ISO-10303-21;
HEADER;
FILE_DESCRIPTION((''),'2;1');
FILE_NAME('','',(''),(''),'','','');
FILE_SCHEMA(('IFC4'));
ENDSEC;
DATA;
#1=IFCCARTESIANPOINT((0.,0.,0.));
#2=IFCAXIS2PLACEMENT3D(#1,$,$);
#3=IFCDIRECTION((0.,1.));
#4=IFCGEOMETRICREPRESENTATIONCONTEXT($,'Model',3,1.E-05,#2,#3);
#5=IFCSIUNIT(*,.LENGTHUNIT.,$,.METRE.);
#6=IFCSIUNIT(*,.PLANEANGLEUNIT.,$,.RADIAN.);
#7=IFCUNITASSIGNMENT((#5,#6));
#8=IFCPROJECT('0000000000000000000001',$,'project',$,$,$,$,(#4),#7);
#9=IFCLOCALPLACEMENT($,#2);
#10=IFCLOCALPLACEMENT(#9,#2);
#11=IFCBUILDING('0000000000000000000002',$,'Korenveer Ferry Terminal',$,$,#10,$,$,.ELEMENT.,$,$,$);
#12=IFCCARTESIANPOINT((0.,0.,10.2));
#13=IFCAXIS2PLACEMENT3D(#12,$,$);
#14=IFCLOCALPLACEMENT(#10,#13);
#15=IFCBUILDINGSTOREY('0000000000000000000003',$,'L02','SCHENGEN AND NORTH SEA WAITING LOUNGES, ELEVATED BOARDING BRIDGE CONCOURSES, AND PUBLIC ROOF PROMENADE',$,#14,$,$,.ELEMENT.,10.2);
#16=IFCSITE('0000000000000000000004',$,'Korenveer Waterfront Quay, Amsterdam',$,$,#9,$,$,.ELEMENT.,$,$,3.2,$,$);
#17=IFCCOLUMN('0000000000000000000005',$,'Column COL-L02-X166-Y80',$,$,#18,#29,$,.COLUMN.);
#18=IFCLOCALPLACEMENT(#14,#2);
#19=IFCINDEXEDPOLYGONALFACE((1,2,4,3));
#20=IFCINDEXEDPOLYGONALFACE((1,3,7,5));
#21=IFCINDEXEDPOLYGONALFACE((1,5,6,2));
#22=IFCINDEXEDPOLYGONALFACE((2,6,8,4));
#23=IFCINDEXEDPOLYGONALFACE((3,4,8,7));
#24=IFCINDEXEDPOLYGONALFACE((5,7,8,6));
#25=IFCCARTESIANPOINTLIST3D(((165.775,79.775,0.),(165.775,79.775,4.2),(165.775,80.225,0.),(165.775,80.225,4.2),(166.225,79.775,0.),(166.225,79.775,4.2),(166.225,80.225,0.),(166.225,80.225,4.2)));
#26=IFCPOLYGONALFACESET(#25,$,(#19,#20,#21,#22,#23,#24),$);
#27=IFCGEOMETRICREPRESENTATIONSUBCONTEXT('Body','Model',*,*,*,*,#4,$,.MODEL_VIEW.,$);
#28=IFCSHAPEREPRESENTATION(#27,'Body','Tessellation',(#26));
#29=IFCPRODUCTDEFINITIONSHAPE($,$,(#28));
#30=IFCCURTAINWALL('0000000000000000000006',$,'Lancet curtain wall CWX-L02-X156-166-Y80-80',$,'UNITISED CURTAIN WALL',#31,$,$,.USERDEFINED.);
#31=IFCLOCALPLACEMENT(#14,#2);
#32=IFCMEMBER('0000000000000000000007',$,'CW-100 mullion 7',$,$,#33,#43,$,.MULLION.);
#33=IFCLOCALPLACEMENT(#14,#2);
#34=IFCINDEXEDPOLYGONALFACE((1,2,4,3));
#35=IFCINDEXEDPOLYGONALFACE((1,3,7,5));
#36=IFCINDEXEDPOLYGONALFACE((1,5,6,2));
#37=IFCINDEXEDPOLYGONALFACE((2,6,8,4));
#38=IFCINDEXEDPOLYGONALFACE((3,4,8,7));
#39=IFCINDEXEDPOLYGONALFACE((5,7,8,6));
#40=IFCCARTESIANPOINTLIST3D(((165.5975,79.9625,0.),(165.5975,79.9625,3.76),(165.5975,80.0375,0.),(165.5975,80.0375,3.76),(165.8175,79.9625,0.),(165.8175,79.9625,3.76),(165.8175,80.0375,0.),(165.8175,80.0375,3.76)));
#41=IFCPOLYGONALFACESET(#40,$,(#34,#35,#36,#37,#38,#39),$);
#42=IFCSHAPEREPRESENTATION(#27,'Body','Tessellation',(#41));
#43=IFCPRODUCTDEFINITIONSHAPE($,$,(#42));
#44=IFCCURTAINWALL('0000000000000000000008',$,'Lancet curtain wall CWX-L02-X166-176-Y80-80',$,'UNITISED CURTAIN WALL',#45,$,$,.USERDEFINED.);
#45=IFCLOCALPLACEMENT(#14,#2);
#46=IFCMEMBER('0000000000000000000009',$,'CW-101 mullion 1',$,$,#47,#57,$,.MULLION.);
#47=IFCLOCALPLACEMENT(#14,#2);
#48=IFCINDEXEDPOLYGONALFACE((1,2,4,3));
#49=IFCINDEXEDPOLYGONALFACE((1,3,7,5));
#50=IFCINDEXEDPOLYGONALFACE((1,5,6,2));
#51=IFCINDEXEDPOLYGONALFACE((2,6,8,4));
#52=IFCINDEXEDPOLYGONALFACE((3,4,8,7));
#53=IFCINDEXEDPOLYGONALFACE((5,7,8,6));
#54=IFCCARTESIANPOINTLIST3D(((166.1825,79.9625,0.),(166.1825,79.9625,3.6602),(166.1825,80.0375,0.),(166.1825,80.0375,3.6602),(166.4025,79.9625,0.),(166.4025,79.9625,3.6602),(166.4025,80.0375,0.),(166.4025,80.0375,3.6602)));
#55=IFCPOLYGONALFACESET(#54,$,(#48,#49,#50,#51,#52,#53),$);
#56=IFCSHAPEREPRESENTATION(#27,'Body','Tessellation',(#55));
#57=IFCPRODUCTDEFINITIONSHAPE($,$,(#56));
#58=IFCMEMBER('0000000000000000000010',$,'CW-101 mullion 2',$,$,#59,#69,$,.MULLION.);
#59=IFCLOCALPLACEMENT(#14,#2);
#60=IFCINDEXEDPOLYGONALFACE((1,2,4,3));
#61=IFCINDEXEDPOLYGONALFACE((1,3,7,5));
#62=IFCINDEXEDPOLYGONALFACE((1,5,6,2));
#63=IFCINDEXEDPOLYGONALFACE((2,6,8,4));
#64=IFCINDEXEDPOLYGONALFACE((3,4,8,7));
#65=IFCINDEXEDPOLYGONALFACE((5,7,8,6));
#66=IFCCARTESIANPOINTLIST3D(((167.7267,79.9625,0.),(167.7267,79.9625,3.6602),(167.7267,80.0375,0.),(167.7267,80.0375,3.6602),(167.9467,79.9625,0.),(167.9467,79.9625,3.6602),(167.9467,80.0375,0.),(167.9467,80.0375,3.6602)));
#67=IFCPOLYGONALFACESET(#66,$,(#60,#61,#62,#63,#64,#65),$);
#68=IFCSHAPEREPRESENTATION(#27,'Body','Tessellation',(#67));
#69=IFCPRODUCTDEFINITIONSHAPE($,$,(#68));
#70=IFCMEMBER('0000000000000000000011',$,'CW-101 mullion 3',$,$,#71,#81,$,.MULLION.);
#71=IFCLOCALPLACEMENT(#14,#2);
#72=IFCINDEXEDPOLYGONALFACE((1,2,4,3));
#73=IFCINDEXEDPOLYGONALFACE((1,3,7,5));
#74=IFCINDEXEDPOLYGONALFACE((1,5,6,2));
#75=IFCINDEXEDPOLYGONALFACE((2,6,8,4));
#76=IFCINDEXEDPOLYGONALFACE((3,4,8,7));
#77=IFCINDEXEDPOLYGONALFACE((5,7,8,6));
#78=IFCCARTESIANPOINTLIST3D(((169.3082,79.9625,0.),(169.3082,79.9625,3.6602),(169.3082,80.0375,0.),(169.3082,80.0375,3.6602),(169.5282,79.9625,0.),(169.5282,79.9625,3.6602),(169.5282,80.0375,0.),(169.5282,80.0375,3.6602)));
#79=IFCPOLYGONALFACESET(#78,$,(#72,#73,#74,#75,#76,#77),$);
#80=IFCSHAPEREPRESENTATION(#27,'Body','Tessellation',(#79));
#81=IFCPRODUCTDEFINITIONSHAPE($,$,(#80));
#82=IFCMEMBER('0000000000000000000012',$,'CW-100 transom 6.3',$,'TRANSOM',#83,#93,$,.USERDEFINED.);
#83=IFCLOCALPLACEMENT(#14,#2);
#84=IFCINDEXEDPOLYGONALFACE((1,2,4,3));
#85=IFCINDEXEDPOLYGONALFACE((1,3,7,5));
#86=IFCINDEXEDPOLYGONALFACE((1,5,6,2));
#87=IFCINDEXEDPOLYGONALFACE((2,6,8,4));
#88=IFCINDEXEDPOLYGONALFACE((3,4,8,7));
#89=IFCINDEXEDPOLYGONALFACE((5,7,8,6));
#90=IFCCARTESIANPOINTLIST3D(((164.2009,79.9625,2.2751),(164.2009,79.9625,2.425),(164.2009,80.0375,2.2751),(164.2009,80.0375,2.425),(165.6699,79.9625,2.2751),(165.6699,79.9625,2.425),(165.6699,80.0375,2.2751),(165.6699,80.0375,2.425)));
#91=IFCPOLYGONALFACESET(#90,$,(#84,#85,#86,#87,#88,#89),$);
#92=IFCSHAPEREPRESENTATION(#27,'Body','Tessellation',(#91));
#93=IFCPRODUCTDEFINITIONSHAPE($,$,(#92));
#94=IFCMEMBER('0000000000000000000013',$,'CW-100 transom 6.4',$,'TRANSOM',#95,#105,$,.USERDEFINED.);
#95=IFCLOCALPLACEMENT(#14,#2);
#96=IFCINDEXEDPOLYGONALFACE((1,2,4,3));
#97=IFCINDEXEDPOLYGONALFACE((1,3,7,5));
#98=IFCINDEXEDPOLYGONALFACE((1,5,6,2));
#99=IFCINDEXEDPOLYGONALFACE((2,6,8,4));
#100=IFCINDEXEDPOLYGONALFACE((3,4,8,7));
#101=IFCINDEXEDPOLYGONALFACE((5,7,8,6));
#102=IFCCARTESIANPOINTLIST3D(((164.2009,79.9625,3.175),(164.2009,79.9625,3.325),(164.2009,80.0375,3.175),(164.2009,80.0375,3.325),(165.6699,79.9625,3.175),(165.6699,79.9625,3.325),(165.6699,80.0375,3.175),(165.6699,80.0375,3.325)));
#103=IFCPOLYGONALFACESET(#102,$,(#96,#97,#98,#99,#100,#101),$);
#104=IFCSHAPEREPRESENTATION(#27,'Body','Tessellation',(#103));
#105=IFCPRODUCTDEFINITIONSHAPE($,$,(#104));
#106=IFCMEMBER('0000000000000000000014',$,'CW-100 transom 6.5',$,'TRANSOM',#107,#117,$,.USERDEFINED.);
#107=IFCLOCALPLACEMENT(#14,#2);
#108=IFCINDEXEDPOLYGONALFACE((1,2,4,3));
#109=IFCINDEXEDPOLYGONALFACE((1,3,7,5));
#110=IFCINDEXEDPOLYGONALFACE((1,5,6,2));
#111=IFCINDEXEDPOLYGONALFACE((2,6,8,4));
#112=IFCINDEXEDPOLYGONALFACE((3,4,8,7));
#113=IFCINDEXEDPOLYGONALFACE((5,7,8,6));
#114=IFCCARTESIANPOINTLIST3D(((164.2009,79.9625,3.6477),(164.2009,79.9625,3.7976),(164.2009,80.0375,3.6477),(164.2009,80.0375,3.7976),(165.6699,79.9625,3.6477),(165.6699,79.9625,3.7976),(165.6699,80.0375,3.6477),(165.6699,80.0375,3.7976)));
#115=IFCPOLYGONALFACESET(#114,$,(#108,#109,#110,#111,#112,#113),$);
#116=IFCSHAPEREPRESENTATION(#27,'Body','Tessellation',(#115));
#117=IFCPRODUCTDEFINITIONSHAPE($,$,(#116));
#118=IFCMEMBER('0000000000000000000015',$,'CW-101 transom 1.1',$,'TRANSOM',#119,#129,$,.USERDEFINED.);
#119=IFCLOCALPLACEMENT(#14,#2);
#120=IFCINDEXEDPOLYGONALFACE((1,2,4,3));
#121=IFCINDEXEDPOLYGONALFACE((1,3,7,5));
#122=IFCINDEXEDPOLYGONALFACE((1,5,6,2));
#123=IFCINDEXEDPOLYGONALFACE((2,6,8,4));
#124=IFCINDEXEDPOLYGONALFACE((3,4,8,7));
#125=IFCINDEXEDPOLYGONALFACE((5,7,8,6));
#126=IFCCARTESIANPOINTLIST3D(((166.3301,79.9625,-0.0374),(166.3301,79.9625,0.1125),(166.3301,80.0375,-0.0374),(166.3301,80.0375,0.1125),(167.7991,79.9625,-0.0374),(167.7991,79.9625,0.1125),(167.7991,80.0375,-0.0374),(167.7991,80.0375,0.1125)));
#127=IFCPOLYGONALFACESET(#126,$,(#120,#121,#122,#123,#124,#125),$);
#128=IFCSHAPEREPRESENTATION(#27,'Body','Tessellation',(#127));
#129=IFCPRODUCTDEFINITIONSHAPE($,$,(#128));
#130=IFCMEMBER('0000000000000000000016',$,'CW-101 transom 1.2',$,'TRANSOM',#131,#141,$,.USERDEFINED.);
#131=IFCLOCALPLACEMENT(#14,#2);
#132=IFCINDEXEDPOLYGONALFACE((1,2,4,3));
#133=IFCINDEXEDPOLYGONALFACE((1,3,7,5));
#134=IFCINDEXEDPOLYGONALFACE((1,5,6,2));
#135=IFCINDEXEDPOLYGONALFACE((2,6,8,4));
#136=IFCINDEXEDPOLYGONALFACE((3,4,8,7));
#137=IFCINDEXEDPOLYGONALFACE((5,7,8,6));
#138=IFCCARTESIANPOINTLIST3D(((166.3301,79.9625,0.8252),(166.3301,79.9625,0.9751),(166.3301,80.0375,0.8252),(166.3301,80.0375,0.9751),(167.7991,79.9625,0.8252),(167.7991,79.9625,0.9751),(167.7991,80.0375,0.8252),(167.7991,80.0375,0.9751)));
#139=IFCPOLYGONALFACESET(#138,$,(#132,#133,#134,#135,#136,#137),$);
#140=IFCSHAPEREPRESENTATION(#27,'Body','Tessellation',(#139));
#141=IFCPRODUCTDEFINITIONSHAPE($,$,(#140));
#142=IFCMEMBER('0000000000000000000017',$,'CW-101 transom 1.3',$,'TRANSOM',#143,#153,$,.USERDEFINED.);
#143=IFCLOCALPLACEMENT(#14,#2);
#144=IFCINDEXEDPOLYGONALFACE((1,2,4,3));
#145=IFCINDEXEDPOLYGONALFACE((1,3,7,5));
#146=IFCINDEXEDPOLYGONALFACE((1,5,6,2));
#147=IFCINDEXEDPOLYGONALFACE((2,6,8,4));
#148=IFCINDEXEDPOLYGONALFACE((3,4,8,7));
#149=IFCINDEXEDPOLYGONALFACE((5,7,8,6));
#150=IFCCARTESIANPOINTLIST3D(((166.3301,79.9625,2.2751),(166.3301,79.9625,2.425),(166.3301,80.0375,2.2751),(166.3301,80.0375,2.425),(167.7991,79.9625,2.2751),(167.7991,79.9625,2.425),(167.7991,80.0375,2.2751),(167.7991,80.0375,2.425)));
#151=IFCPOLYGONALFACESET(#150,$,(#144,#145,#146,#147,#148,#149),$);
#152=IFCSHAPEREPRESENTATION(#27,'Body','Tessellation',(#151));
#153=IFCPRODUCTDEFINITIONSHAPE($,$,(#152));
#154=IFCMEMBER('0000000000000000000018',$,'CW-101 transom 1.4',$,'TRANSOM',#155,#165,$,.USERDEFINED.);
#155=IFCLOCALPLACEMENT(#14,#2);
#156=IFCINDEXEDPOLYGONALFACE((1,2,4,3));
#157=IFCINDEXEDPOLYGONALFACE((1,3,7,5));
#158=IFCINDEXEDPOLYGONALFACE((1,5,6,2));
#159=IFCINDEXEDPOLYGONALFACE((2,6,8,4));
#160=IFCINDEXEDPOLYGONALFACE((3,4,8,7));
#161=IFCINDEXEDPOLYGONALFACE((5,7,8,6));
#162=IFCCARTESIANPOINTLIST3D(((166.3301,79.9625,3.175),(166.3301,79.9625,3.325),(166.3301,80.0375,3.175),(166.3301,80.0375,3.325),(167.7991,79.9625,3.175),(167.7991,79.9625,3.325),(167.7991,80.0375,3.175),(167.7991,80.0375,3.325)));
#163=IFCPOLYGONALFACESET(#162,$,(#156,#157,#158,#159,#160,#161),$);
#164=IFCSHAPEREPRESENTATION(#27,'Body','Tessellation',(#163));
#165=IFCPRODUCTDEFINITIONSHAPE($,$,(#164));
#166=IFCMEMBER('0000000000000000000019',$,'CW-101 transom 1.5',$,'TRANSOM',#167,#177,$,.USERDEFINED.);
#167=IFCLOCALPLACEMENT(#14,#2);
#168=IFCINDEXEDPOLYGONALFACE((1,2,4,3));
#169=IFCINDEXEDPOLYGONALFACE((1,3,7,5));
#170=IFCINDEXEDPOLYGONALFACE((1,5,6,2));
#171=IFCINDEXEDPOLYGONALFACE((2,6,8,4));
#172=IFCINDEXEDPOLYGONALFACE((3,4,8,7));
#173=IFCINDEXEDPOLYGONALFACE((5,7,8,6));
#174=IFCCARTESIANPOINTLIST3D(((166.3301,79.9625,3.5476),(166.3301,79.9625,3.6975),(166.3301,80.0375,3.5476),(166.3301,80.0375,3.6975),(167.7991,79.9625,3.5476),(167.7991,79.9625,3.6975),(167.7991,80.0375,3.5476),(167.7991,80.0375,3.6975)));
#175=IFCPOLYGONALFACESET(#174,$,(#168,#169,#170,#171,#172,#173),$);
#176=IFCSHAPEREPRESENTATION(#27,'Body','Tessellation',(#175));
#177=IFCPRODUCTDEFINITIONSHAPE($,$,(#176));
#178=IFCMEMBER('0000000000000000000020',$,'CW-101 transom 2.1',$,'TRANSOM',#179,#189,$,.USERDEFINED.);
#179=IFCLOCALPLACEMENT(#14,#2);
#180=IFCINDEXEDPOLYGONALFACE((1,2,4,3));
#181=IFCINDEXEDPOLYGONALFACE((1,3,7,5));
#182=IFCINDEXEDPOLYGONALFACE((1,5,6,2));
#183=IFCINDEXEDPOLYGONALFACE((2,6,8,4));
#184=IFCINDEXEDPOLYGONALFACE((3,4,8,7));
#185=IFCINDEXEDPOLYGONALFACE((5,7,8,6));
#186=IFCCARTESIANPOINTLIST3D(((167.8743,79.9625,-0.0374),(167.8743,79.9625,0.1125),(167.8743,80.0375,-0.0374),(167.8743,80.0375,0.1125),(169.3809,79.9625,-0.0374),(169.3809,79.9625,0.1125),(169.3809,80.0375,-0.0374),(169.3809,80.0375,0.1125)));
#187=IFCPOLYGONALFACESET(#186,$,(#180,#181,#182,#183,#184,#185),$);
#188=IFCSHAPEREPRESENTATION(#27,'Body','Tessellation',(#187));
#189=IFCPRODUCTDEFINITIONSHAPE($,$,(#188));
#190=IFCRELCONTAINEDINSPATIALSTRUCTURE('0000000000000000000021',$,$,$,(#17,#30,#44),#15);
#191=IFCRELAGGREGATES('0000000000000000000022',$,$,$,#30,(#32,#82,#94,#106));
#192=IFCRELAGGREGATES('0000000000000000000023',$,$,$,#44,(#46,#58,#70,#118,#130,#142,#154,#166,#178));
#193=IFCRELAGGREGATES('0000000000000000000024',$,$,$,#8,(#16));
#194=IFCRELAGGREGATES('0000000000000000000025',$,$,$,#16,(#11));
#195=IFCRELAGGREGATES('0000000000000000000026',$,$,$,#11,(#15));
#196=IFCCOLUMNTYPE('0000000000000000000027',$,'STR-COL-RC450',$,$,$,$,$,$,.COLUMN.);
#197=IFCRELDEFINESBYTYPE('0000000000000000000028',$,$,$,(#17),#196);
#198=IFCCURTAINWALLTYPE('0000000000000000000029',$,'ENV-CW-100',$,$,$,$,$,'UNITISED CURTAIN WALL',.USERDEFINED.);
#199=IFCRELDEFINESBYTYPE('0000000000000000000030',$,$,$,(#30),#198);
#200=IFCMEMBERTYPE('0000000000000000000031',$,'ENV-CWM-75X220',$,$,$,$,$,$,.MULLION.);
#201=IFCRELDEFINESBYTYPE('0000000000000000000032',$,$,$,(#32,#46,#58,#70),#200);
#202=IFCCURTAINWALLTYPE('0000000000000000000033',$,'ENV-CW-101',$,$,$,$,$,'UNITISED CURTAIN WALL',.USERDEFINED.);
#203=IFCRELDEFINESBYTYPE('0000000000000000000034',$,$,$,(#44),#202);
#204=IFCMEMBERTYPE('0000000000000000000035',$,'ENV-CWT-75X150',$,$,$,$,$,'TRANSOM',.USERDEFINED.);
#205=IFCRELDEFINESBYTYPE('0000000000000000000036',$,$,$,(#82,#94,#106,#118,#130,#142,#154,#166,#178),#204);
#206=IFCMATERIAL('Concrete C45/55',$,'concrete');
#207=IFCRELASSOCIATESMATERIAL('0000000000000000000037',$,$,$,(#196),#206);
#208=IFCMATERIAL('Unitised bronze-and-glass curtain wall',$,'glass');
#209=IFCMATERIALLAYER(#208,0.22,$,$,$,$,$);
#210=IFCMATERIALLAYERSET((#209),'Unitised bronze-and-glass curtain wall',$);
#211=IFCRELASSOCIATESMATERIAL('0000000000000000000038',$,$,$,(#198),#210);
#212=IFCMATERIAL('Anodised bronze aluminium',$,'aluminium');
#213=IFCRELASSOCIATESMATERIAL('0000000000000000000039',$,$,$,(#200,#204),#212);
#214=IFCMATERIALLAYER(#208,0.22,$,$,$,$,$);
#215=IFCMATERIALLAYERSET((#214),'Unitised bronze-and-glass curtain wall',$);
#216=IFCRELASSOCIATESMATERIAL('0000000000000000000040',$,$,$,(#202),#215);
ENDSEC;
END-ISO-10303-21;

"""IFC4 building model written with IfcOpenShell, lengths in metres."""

from ifc_helpers import new_model, si_unit, direction, frame, origin, origin_2d, place, context, subcontext, project, spatial, rectangle, extrude, material, layer, layer_set, material_profile, profile_set, type_object, element, aggregate, save


model = new_model("IFC4")

# Units and contexts
model_context = context("Model", 3, precision=1e-05, world=origin(), true_north=direction((0.0, 1.0)))
body_context = subcontext(model_context, "Body", "Model", "MODEL_VIEW")
ifc_project = project(units=[si_unit("LENGTHUNIT", "METRE"), si_unit("PLANEANGLEUNIT", "RADIAN")], contexts=[model_context])

# Site, building, storey
site_placement = place(None, origin())
site = spatial("IfcSite", under=ifc_project, at=site_placement, Name="Korenveer Waterfront Quay, Amsterdam", CompositionType="ELEMENT", RefElevation=3.2)
building_placement = place(site_placement, origin())
building = spatial("IfcBuilding", under=site, at=building_placement, Name="Korenveer Ferry Terminal", CompositionType="ELEMENT")
storey_placement = place(building_placement, frame((0.0, 0.0, 10.2)))
storey = spatial("IfcBuildingStorey", under=building, at=storey_placement, Name="L02", Description="SCHENGEN AND NORTH SEA WAITING LOUNGES, ELEVATED BOARDING BRIDGE CONCOURSES, AND PUBLIC ROOF PROMENADE", CompositionType="ELEMENT", Elevation=10.2)

# Column
ifc_material_1 = material(Name="Concrete C45/55", Category="concrete")
ifc_material_profile_1 = material_profile(ifc_material_1, rectangle(XDim=0.45, YDim=0.45, at=origin_2d()), Name="RC 450x450")
ifc_profile_set_1 = profile_set([ifc_material_profile_1], Name="Concrete C45/55")
column_type = type_object("IfcColumnType", Name="STR-COL-RC450", PredefinedType="COLUMN", material=ifc_profile_set_1)
column_placement = place(storey_placement, frame((166.0, 80.0, 0.0), z_axis=(0.0, 0.0, 1.0), x_axis=(1.0, 0.0, 0.0)))
element("IfcColumn", 1, at=column_placement, inside=storey, type_object=column_type, Name="Column COL-L02-X166-Y80", PredefinedType="COLUMN", context=body_context, shape_type="SweptSolid", body=[
    extrude(rectangle(XDim=0.45, YDim=0.45, at=origin_2d()), origin(), (0.0, 0.0, 1.0), 4.2),
])

# Curtain wall, member
ifc_material_2 = material(Name="Unitised bronze-and-glass curtain wall", Category="glass")
ifc_layer_1 = layer(ifc_material_2, 0.22)
ifc_layer_set_1 = layer_set([ifc_layer_1], Name="Unitised bronze-and-glass curtain wall")
curtain_wall_type_1 = type_object("IfcCurtainWallType", Name="ENV-CW-100", ElementType="UNITISED CURTAIN WALL", PredefinedType="USERDEFINED", material=ifc_layer_set_1)
curtain_wall_1_placement = place(storey_placement, frame((156.2549, 80.0, 0.0)))
curtain_wall_1 = element("IfcCurtainWall", 2, at=curtain_wall_1_placement, inside=storey, type_object=curtain_wall_type_1, Name="Lancet curtain wall CWX-L02-X156-166-Y80-80", ObjectType="UNITISED CURTAIN WALL", PredefinedType="USERDEFINED")
ifc_material_3 = material(Name="Anodised bronze aluminium", Category="aluminium")
ifc_material_profile_2 = material_profile(ifc_material_3, rectangle(XDim=0.075, YDim=0.22, at=origin_2d()), Name="ALU 75x220")
ifc_profile_set_2 = profile_set([ifc_material_profile_2], Name="Anodised bronze aluminium")
member_type_1 = type_object("IfcMemberType", Name="ENV-CWM-75X220", PredefinedType="MULLION", material=ifc_profile_set_2)
member_1_placement = place(storey_placement, frame((165.7075, 80.0, 0.0), z_axis=(0.0, 0.0, 1.0), x_axis=(0.0, 1.0, 0.0)))
member_1 = element("IfcMember", 3, at=member_1_placement, type_object=member_type_1, Name="CW-100 mullion 7", PredefinedType="MULLION", context=body_context, shape_type="SweptSolid", body=[
    extrude(rectangle(XDim=0.075, YDim=0.22, at=origin_2d()), origin(), (0.0, 0.0, 1.0), 3.76),
])

# Curtain wall, members
ifc_layer_2 = layer(ifc_material_2, 0.22)
ifc_layer_set_2 = layer_set([ifc_layer_2], Name="Unitised bronze-and-glass curtain wall")
curtain_wall_type_2 = type_object("IfcCurtainWallType", Name="ENV-CW-101", ElementType="UNITISED CURTAIN WALL", PredefinedType="USERDEFINED", material=ifc_layer_set_2)
curtain_wall_2_placement = place(storey_placement, frame((166.2549, 80.0, 0.0)))
curtain_wall_2 = element("IfcCurtainWall", 4, at=curtain_wall_2_placement, inside=storey, type_object=curtain_wall_type_2, Name="Lancet curtain wall CWX-L02-X166-176-Y80-80", ObjectType="UNITISED CURTAIN WALL", PredefinedType="USERDEFINED")
member_2_placement = place(storey_placement, frame((166.2925, 80.0, 0.0), z_axis=(0.0, 0.0, 1.0), x_axis=(0.0, 1.0, 0.0)))
member_2 = element("IfcMember", 5, at=member_2_placement, type_object=member_type_1, Name="CW-101 mullion 1", PredefinedType="MULLION", context=body_context, shape_type="SweptSolid", body=[
    extrude(rectangle(XDim=0.075, YDim=0.22, at=origin_2d()), origin(), (0.0, 0.0, 1.0), 3.6602),
])
member_3_placement = place(storey_placement, frame((167.8367, 80.0, 0.0), z_axis=(0.0, 0.0, 1.0), x_axis=(0.0, 1.0, 0.0)))
member_3 = element("IfcMember", 6, at=member_3_placement, type_object=member_type_1, Name="CW-101 mullion 2", PredefinedType="MULLION", context=body_context, shape_type="SweptSolid", body=[
    extrude(rectangle(XDim=0.075, YDim=0.22, at=origin_2d()), origin(), (0.0, 0.0, 1.0), 3.6602),
])
member_4_placement = place(storey_placement, frame((169.4182, 80.0, 0.0), z_axis=(0.0, 0.0, 1.0), x_axis=(0.0, 1.0, 0.0)))
member_4 = element("IfcMember", 7, at=member_4_placement, type_object=member_type_1, Name="CW-101 mullion 3", PredefinedType="MULLION", context=body_context, shape_type="SweptSolid", body=[
    extrude(rectangle(XDim=0.075, YDim=0.22, at=origin_2d()), origin(), (0.0, 0.0, 1.0), 3.6602),
])

# Members
ifc_material_profile_3 = material_profile(ifc_material_3, rectangle(XDim=0.075, YDim=0.1499, at=origin_2d()), Name="ALU 75x150")
ifc_profile_set_3 = profile_set([ifc_material_profile_3], Name="Anodised bronze aluminium")
member_type_2 = type_object("IfcMemberType", Name="ENV-CWT-75X150", ElementType="TRANSOM", PredefinedType="USERDEFINED", material=ifc_profile_set_3)
member_5_placement = place(storey_placement, frame((164.2009, 80.0, 2.3501), z_axis=(1.0, 0.0, 0.0), x_axis=(0.0, 1.0, 0.0)))
member_5 = element("IfcMember", 8, at=member_5_placement, type_object=member_type_2, Name="CW-100 transom 6.3", ObjectType="TRANSOM", PredefinedType="USERDEFINED", context=body_context, shape_type="SweptSolid", body=[
    extrude(rectangle(XDim=0.075, YDim=0.1499, at=origin_2d()), origin(), (0.0, 0.0, 1.0), 1.469),
])
member_6_placement = place(storey_placement, frame((164.2009, 80.0, 3.25), z_axis=(1.0, 0.0, 0.0), x_axis=(0.0, 1.0, 0.0)))
member_6 = element("IfcMember", 9, at=member_6_placement, type_object=member_type_2, Name="CW-100 transom 6.4", ObjectType="TRANSOM", PredefinedType="USERDEFINED", context=body_context, shape_type="SweptSolid", body=[
    extrude(rectangle(XDim=0.075, YDim=0.1499, at=origin_2d()), origin(), (0.0, 0.0, 1.0), 1.469),
])
member_7_placement = place(storey_placement, frame((164.2009, 80.0, 3.7227), z_axis=(1.0, 0.0, 0.0), x_axis=(0.0, 1.0, 0.0)))
member_7 = element("IfcMember", 10, at=member_7_placement, type_object=member_type_2, Name="CW-100 transom 6.5", ObjectType="TRANSOM", PredefinedType="USERDEFINED", context=body_context, shape_type="SweptSolid", body=[
    extrude(rectangle(XDim=0.075, YDim=0.1499, at=origin_2d()), origin(), (0.0, 0.0, 1.0), 1.469),
])
member_8_placement = place(storey_placement, frame((166.3301, 80.0, 0.0376), z_axis=(1.0, 0.0, 0.0), x_axis=(0.0, 1.0, 0.0)))
member_8 = element("IfcMember", 11, at=member_8_placement, type_object=member_type_2, Name="CW-101 transom 1.1", ObjectType="TRANSOM", PredefinedType="USERDEFINED", context=body_context, shape_type="SweptSolid", body=[
    extrude(rectangle(XDim=0.075, YDim=0.1499, at=origin_2d()), origin(), (0.0, 0.0, 1.0), 1.469),
])
member_9_placement = place(storey_placement, frame((166.3301, 80.0, 0.9001), z_axis=(1.0, 0.0, 0.0), x_axis=(0.0, 1.0, 0.0)))
member_9 = element("IfcMember", 12, at=member_9_placement, type_object=member_type_2, Name="CW-101 transom 1.2", ObjectType="TRANSOM", PredefinedType="USERDEFINED", context=body_context, shape_type="SweptSolid", body=[
    extrude(rectangle(XDim=0.075, YDim=0.1499, at=origin_2d()), origin(), (0.0, 0.0, 1.0), 1.469),
])
member_10_placement = place(storey_placement, frame((166.3301, 80.0, 2.3501), z_axis=(1.0, 0.0, 0.0), x_axis=(0.0, 1.0, 0.0)))
member_10 = element("IfcMember", 13, at=member_10_placement, type_object=member_type_2, Name="CW-101 transom 1.3", ObjectType="TRANSOM", PredefinedType="USERDEFINED", context=body_context, shape_type="SweptSolid", body=[
    extrude(rectangle(XDim=0.075, YDim=0.1499, at=origin_2d()), origin(), (0.0, 0.0, 1.0), 1.469),
])
member_11_placement = place(storey_placement, frame((166.3301, 80.0, 3.25), z_axis=(1.0, 0.0, 0.0), x_axis=(0.0, 1.0, 0.0)))
member_11 = element("IfcMember", 14, at=member_11_placement, type_object=member_type_2, Name="CW-101 transom 1.4", ObjectType="TRANSOM", PredefinedType="USERDEFINED", context=body_context, shape_type="SweptSolid", body=[
    extrude(rectangle(XDim=0.075, YDim=0.1499, at=origin_2d()), origin(), (0.0, 0.0, 1.0), 1.469),
])
member_12_placement = place(storey_placement, frame((166.3301, 80.0, 3.6226), z_axis=(1.0, 0.0, 0.0), x_axis=(0.0, 1.0, 0.0)))
member_12 = element("IfcMember", 15, at=member_12_placement, type_object=member_type_2, Name="CW-101 transom 1.5", ObjectType="TRANSOM", PredefinedType="USERDEFINED", context=body_context, shape_type="SweptSolid", body=[
    extrude(rectangle(XDim=0.075, YDim=0.1499, at=origin_2d()), origin(), (0.0, 0.0, 1.0), 1.469),
])
member_13_placement = place(storey_placement, frame((167.8743, 80.0, 0.0376), z_axis=(1.0, 0.0, 0.0), x_axis=(0.0, 1.0, 0.0)))
member_13 = element("IfcMember", 16, at=member_13_placement, type_object=member_type_2, Name="CW-101 transom 2.1", ObjectType="TRANSOM", PredefinedType="USERDEFINED", context=body_context, shape_type="SweptSolid", body=[
    extrude(rectangle(XDim=0.075, YDim=0.1499, at=origin_2d()), origin(), (0.0, 0.0, 1.0), 1.5066),
])

aggregate(curtain_wall_1, [member_1, member_5, member_6, member_7])
aggregate(curtain_wall_2, [member_2, member_3, member_4, member_8, member_9, member_10, member_11, member_12, member_13])

save(model, "model.ifc")
